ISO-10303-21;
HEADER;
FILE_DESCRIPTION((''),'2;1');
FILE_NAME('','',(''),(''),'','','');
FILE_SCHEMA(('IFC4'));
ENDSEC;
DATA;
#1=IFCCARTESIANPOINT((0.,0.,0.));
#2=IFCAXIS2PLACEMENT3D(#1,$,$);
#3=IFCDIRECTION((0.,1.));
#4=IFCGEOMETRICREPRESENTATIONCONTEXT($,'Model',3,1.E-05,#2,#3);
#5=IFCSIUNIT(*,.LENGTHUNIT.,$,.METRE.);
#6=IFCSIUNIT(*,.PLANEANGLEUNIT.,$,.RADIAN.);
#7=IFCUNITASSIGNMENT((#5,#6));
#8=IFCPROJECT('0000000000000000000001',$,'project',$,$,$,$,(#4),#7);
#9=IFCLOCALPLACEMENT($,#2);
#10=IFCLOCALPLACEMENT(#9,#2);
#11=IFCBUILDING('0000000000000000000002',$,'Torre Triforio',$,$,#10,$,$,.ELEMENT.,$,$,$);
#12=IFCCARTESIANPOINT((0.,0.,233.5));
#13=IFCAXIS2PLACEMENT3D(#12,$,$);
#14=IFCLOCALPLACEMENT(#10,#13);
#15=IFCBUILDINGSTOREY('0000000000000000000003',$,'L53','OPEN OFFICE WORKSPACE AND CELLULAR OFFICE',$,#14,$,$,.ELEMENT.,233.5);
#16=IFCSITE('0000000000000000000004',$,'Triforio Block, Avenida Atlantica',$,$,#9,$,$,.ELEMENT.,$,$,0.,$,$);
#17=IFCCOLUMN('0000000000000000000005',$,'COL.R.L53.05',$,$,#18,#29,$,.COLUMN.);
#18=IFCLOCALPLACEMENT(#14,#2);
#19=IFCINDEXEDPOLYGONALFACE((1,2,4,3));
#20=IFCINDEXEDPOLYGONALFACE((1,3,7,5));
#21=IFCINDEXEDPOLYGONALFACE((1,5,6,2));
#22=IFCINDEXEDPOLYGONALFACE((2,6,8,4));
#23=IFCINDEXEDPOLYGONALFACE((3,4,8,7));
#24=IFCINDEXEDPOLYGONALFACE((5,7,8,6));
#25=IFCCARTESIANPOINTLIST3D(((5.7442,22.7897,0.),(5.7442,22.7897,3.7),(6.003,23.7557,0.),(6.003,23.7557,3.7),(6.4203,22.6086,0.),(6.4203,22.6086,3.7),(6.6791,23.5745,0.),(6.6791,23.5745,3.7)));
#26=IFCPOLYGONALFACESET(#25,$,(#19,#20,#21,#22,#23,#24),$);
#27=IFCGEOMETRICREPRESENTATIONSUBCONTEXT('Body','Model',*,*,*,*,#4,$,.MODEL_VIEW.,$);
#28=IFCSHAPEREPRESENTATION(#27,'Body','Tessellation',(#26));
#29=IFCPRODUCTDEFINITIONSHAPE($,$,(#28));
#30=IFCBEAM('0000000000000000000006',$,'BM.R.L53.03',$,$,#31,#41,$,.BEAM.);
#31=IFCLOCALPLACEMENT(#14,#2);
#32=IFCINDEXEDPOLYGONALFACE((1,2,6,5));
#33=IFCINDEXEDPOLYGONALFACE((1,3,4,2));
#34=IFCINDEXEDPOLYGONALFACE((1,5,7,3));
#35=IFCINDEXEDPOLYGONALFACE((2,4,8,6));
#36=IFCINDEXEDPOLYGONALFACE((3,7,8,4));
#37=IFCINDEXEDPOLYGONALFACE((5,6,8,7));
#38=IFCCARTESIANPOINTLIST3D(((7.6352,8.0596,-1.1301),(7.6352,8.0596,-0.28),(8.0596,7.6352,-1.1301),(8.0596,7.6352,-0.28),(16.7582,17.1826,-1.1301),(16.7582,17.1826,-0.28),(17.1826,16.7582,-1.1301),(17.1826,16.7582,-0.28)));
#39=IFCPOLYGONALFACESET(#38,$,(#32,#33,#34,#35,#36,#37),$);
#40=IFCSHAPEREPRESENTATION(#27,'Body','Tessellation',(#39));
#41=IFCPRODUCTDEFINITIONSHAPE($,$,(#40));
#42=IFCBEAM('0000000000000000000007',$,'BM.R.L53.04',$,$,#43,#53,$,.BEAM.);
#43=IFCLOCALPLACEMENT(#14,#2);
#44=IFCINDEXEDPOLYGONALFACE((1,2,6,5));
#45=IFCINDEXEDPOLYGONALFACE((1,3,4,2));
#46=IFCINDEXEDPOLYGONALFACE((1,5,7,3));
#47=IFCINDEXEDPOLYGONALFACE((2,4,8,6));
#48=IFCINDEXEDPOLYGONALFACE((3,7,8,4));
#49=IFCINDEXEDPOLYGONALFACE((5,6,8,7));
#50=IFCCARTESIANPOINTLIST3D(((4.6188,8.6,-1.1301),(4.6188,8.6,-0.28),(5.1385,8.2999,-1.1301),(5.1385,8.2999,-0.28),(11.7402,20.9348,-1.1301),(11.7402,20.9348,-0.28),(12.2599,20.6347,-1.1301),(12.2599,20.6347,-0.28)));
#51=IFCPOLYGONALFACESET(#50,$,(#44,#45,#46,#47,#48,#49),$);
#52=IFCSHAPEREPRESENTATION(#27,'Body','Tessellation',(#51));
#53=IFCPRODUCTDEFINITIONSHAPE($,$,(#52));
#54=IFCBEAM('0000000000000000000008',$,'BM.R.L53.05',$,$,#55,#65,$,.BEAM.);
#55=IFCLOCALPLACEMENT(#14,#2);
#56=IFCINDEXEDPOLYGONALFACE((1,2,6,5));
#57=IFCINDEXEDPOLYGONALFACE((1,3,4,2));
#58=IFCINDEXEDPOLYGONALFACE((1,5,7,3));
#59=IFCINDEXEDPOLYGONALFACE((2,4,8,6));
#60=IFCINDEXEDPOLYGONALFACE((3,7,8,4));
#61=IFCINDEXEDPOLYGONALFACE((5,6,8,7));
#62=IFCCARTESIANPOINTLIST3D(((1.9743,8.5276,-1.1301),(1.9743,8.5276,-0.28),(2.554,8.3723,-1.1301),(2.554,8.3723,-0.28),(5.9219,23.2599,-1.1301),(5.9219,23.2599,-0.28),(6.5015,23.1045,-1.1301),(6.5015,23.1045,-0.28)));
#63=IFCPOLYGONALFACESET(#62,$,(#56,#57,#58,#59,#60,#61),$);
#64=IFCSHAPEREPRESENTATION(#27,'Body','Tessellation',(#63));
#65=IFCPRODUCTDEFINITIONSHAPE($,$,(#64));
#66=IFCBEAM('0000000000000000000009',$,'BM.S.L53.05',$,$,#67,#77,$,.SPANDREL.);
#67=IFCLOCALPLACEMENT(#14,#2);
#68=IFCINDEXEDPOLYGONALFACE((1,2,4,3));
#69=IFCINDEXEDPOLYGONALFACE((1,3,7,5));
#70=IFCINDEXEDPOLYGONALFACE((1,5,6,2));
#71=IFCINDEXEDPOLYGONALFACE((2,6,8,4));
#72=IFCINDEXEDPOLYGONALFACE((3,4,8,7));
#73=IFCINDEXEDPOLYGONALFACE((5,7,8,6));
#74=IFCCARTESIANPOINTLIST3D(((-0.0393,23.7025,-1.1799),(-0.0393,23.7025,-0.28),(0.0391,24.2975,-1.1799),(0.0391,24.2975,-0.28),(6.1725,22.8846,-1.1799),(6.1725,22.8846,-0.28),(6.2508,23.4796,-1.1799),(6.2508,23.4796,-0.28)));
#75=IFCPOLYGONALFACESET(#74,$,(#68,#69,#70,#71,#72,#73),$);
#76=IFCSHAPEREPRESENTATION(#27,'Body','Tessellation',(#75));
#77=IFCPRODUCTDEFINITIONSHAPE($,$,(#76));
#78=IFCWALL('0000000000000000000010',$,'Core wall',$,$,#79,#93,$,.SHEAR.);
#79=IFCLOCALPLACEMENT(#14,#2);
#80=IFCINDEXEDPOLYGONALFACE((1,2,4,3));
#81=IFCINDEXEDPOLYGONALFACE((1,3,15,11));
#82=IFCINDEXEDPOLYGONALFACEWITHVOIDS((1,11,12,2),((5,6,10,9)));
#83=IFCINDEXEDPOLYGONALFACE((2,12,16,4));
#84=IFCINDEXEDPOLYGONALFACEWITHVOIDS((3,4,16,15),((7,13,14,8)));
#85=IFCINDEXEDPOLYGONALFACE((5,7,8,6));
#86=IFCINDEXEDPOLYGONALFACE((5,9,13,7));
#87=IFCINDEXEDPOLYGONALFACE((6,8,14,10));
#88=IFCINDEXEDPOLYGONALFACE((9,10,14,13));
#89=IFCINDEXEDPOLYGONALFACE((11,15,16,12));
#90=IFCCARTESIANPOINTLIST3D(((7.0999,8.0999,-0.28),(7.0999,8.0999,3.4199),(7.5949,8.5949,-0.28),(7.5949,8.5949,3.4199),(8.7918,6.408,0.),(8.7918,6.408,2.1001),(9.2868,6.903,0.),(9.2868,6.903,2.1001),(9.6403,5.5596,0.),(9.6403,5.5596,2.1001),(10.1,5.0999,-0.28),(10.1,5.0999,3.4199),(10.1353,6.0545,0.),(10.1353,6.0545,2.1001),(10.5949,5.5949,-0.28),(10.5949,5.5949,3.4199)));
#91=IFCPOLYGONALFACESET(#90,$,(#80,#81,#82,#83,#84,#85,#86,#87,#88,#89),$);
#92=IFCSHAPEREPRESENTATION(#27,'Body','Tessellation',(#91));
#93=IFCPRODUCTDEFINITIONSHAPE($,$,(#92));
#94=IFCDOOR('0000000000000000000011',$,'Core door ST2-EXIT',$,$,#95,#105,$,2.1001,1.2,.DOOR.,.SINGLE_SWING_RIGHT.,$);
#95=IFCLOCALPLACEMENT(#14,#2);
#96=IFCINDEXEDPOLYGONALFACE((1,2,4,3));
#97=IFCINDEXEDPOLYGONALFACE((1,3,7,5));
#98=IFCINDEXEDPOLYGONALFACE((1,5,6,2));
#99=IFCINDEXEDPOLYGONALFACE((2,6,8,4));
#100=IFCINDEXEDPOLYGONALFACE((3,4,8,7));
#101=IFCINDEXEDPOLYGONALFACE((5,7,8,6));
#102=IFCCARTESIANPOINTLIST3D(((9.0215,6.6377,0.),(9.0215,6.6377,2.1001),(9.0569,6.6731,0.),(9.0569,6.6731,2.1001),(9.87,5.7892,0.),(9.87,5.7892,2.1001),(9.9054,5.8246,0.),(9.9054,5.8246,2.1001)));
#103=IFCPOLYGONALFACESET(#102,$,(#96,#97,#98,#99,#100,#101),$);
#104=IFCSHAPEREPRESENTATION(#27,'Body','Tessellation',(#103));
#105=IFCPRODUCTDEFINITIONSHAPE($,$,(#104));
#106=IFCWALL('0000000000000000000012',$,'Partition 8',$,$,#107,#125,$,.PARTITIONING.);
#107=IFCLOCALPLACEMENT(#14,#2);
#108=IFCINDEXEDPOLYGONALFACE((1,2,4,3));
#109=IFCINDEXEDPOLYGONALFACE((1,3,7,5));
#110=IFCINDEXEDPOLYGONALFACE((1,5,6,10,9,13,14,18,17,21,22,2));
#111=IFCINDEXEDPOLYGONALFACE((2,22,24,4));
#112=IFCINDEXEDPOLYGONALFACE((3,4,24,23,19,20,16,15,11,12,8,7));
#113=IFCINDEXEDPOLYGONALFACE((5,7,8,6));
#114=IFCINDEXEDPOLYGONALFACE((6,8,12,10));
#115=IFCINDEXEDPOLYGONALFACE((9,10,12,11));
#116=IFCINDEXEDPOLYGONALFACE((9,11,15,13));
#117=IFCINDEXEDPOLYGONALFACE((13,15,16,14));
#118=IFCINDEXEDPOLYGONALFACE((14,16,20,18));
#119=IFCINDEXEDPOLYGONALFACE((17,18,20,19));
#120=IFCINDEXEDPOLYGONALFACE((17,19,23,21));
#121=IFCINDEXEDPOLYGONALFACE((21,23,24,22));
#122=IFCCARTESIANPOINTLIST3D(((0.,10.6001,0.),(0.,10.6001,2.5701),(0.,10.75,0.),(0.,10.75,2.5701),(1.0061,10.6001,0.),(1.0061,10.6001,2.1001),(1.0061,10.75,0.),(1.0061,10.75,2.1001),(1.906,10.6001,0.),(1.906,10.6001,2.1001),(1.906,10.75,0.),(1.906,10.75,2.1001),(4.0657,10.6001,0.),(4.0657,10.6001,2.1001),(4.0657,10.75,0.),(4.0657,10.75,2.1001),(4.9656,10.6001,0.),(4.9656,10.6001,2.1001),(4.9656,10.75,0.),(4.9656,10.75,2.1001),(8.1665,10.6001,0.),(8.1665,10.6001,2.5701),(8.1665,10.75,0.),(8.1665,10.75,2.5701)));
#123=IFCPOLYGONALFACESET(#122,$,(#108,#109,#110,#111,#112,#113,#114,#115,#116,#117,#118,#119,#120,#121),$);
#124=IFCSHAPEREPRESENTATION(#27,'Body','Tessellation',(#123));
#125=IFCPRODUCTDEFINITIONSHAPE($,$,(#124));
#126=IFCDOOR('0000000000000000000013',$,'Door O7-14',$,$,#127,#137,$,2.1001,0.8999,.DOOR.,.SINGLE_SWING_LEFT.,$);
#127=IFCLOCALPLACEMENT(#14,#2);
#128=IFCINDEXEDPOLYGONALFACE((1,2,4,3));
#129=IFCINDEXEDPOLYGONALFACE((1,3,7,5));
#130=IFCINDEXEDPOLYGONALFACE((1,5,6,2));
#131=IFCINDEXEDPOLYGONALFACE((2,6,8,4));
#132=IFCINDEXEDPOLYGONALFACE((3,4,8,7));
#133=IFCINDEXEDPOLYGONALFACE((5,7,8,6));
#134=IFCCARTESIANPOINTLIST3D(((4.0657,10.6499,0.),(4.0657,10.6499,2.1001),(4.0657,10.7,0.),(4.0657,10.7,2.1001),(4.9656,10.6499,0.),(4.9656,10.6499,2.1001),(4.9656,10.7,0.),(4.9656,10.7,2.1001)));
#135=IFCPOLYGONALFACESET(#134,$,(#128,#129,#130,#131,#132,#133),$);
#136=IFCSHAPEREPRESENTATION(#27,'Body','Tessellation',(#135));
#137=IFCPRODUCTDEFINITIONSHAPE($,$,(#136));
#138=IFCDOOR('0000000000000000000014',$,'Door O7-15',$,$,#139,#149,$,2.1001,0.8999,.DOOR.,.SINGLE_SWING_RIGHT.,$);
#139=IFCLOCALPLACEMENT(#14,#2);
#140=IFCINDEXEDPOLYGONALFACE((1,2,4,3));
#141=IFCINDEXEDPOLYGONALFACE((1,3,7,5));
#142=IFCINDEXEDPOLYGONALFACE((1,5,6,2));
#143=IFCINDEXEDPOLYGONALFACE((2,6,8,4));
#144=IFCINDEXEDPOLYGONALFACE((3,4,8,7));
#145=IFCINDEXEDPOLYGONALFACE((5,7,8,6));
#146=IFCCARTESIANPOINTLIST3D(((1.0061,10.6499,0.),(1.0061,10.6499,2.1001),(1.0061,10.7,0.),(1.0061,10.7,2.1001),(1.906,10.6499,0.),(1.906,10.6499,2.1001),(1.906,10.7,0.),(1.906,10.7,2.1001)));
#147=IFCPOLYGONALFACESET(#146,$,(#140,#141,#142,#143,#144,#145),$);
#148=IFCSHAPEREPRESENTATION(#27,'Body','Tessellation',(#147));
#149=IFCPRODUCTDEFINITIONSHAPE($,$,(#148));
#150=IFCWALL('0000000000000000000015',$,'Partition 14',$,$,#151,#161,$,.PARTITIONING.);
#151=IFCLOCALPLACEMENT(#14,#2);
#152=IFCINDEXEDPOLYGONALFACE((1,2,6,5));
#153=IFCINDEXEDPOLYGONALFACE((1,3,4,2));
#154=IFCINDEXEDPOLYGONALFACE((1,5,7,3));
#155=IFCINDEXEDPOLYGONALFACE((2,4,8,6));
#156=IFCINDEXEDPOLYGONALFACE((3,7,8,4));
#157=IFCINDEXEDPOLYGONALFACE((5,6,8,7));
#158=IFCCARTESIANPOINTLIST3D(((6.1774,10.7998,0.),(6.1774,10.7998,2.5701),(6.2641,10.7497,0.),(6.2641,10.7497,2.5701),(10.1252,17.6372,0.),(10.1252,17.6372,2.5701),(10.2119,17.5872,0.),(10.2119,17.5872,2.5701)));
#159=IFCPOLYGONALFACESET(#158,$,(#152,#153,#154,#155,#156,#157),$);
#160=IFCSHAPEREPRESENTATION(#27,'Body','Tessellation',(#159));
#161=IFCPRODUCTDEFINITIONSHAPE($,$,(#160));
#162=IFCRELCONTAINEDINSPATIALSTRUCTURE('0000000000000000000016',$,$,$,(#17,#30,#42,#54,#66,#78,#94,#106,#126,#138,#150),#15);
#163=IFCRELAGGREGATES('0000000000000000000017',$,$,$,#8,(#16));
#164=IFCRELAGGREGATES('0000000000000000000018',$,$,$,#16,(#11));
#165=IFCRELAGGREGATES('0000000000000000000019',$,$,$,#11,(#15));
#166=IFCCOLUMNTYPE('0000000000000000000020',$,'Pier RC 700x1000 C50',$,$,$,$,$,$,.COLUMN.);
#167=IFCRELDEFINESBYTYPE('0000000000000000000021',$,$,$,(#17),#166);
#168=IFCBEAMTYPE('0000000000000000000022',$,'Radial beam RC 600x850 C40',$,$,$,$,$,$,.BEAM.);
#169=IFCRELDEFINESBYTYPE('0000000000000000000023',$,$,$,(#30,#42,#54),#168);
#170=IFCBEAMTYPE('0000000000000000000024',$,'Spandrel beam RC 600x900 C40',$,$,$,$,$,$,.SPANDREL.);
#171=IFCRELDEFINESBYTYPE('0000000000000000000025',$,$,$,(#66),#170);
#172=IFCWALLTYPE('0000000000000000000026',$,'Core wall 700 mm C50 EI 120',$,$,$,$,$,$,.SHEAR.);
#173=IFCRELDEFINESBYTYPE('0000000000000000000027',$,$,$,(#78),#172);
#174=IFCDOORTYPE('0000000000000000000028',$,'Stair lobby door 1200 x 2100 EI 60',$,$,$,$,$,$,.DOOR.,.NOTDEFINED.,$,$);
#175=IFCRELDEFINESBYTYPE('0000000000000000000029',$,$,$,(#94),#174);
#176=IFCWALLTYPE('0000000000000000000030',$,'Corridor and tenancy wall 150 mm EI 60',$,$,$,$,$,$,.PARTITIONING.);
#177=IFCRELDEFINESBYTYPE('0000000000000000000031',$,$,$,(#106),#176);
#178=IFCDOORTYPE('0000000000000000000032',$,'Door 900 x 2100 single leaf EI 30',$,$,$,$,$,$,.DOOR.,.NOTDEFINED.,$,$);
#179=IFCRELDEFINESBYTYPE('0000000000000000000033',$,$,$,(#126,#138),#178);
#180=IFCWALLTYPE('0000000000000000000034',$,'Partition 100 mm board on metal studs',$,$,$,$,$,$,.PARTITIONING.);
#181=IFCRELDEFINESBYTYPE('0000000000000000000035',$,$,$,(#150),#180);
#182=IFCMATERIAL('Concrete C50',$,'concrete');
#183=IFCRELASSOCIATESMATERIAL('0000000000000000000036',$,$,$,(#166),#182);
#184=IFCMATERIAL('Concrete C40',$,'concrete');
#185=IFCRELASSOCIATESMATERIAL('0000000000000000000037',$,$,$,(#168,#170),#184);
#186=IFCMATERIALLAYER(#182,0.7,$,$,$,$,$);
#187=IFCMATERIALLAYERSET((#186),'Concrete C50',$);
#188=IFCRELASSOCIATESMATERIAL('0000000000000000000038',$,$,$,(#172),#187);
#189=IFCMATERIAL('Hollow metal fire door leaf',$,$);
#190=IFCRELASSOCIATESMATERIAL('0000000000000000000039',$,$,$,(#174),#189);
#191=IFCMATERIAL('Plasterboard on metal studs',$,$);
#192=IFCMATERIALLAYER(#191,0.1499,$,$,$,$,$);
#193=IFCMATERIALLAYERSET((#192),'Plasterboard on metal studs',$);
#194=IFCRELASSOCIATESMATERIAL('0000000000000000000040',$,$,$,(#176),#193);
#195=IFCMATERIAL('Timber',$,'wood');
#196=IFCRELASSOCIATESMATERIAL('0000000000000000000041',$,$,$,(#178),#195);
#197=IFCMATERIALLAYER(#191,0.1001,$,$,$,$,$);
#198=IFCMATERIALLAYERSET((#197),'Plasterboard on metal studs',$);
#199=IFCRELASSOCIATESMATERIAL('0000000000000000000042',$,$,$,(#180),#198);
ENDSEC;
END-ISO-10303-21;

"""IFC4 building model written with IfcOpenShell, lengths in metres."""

from ifc_helpers import new_model, si_unit, direction, frame, frame_2d, origin, origin_2d, place, context, subcontext, project, spatial, rectangle, extrude, material, layer, layer_set, material_profile, profile_set, type_object, element, fill, save


model = new_model("IFC4")

# Units and contexts
model_context = context("Model", 3, precision=1e-05, world=origin(), true_north=direction((0.0, 1.0)))
body_context = subcontext(model_context, "Body", "Model", "MODEL_VIEW")
ifc_project = project(units=[si_unit("LENGTHUNIT", "METRE"), si_unit("PLANEANGLEUNIT", "RADIAN")], contexts=[model_context])

# Site, building, storey
site_placement = place(None, origin())
site = spatial("IfcSite", under=ifc_project, at=site_placement, Name="Triforio Block, Avenida Atlantica", CompositionType="ELEMENT", RefElevation=0.0)
building_placement = place(site_placement, origin())
building = spatial("IfcBuilding", under=site, at=building_placement, Name="Torre Triforio", CompositionType="ELEMENT")
storey_placement = place(building_placement, frame((0.0, 0.0, 233.5)))
storey = spatial("IfcBuildingStorey", under=building, at=storey_placement, Name="L53", Description="OPEN OFFICE WORKSPACE AND CELLULAR OFFICE", CompositionType="ELEMENT", Elevation=233.5)

# Column
ifc_material_1 = material(Name="Concrete C50", Category="concrete")
ifc_material_profile_1 = material_profile(ifc_material_1, rectangle(XDim=0.7, YDim=1.0, at=origin_2d()), Name="RC 700x1000")
ifc_profile_set_1 = profile_set([ifc_material_profile_1], Name="Concrete C50")
column_type = type_object("IfcColumnType", Name="Pier RC 700x1000 C50", PredefinedType="COLUMN", material=ifc_profile_set_1)
column_placement = place(storey_placement, frame((6.2117, 23.1821, 0.0), z_axis=(0.0, 0.0, 1.0), x_axis=(-0.965926, 0.258819, 0.0)))
element("IfcColumn", 1, at=column_placement, inside=storey, type_object=column_type, Name="COL.R.L53.05", PredefinedType="COLUMN", context=body_context, shape_type="SweptSolid", body=[
    extrude(rectangle(XDim=0.7, YDim=1.0, at=origin_2d()), origin(), (0.0, 0.0, 1.0), 3.7),
])

# Beams
ifc_material_2 = material(Name="Concrete C40", Category="concrete")
ifc_material_profile_2 = material_profile(ifc_material_2, rectangle(XDim=0.6001, YDim=0.8501, at=origin_2d()), Name="RC 600x850")
ifc_profile_set_2 = profile_set([ifc_material_profile_2], Name="Concrete C40")
beam_type_1 = type_object("IfcBeamType", Name="Radial beam RC 600x850 C40", PredefinedType="BEAM", material=ifc_profile_set_2)
beam_1_placement = place(storey_placement, frame((7.8474, 7.8474, -0.7051), z_axis=(0.707107, 0.707107, 0.0), x_axis=(-0.707107, 0.707107, 0.0)))
element("IfcBeam", 2, at=beam_1_placement, inside=storey, type_object=beam_type_1, Name="BM.R.L53.03", PredefinedType="BEAM", context=body_context, shape_type="SweptSolid", body=[
    extrude(rectangle(XDim=0.6001, YDim=0.8501, at=origin_2d()), origin(), (0.0, 0.0, 1.0), 12.9019),
])
beam_2_placement = place(storey_placement, frame((4.8787, 8.45, -0.7051), z_axis=(0.499994, 0.866029, 0.0), x_axis=(-0.866029, 0.499994, 0.0)))
element("IfcBeam", 3, at=beam_2_placement, inside=storey, type_object=beam_type_1, Name="BM.R.L53.04", PredefinedType="BEAM", context=body_context, shape_type="SweptSolid", body=[
    extrude(rectangle(XDim=0.6001, YDim=0.8501, at=origin_2d()), origin(), (0.0, 0.0, 1.0), 14.2429),
])
beam_3_placement = place(storey_placement, frame((2.2642, 8.45, -0.7051), z_axis=(0.258821, 0.965925, 0.0), x_axis=(-0.965925, 0.258821, 0.0)))
element("IfcBeam", 4, at=beam_3_placement, inside=storey, type_object=beam_type_1, Name="BM.R.L53.05", PredefinedType="BEAM", context=body_context, shape_type="SweptSolid", body=[
    extrude(rectangle(XDim=0.6001, YDim=0.8501, at=origin_2d()), origin(), (0.0, 0.0, 1.0), 15.252),
])
ifc_material_profile_3 = material_profile(ifc_material_2, rectangle(XDim=0.6001, YDim=0.8999, at=origin_2d()), Name="RC 600x900")
ifc_profile_set_3 = profile_set([ifc_material_profile_3], Name="Concrete C40")
beam_type_2 = type_object("IfcBeamType", Name="Spandrel beam RC 600x900 C40", PredefinedType="SPANDREL", material=ifc_profile_set_3)
beam_4_placement = place(storey_placement, frame((6.2117, 23.1821, -0.73), z_axis=(-0.991443, 0.13054, 0.0), x_axis=(-0.13054, -0.991443, 0.0)))
element("IfcBeam", 5, at=beam_4_placement, inside=storey, type_object=beam_type_2, Name="BM.S.L53.05", PredefinedType="SPANDREL", context=body_context, shape_type="SweptSolid", body=[
    extrude(rectangle(XDim=0.6001, YDim=0.8999, at=origin_2d()), origin(), (0.0, 0.0, 1.0), 6.2654),
])

# Wall, opening, door
ifc_layer_1 = layer(ifc_material_1, 0.7)
ifc_layer_set_1 = layer_set([ifc_layer_1], Name="Concrete C50")
wall_type_1 = type_object("IfcWallType", Name="Core wall 700 mm C50 EI 120", PredefinedType="SHEAR", material=ifc_layer_set_1)
wall_1_placement = place(storey_placement, frame((7.3474, 8.3474, -0.28), z_axis=(0.0, 0.0, 1.0), x_axis=(0.707107, -0.707107, 0.0)))
wall_1 = element("IfcWall", 6, at=wall_1_placement, inside=storey, type_object=wall_type_1, Name="Core wall", PredefinedType="SHEAR", context=body_context, shape_type="SweptSolid", body=[
    extrude(rectangle(XDim=4.2427, YDim=0.7, at=frame_2d((2.1213, 0.0))), origin(), (0.0, 0.0, 1.0), 3.7),
])
opening_1_placement = place(wall_1_placement, frame((2.3926, 0.0, 0.28)))
opening_1 = element("IfcOpeningElement", 7, at=opening_1_placement, cuts=wall_1, PredefinedType="OPENING", context=body_context, shape_type="SweptSolid", body=[
    extrude(rectangle(XDim=1.2, YDim=2.1001, at=frame_2d((0.6001, 1.05))), frame((0.0, 0.3599, 0.0), z_axis=(0.0, -1.0, 0.0), x_axis=(1.0, 0.0, 0.0)), (0.0, 0.0, 1.0), 0.72),
])
ifc_material_3 = material(Name="Hollow metal fire door leaf")
door_type_1 = type_object("IfcDoorType", Name="Stair lobby door 1200 x 2100 EI 60", OperationType="NOTDEFINED", PredefinedType="DOOR", material=ifc_material_3)
door_1_placement = place(opening_1_placement, origin())
door_1 = element("IfcDoor", 8, at=door_1_placement, inside=storey, type_object=door_type_1, Name="Core door ST2-EXIT", OperationType="SINGLE_SWING_RIGHT", OverallHeight=2.1001, OverallWidth=1.2, PredefinedType="DOOR", context=body_context, shape_type="SweptSolid", body=[
    extrude(rectangle(XDim=1.2, YDim=2.1001, at=frame_2d((0.6001, 1.05))), frame((0.0, 0.0249, 0.0), z_axis=(0.0, -1.0, 0.0), x_axis=(1.0, 0.0, 0.0)), (0.0, 0.0, 1.0), 0.05),
])
fill(opening_1, door_1)

# Wall, openings, doors
ifc_material_4 = material(Name="Plasterboard on metal studs")
ifc_layer_2 = layer(ifc_material_4, 0.1499)
ifc_layer_set_2 = layer_set([ifc_layer_2], Name="Plasterboard on metal studs")
wall_type_2 = type_object("IfcWallType", Name="Corridor and tenancy wall 150 mm EI 60", PredefinedType="PARTITIONING", material=ifc_layer_set_2)
wall_2_placement = place(storey_placement, frame((0.0, 10.675, 0.0), z_axis=(0.0, 0.0, 1.0), x_axis=(1.0, 0.0, 0.0)))
wall_2 = element("IfcWall", 9, at=wall_2_placement, inside=storey, type_object=wall_type_2, Name="Partition 8", PredefinedType="PARTITIONING", context=body_context, shape_type="SweptSolid", body=[
    extrude(rectangle(XDim=8.1665, YDim=0.1499, at=frame_2d((4.0833, 0.0))), origin(), (0.0, 0.0, 1.0), 2.5701),
])
opening_2_placement = place(wall_2_placement, frame((4.0657, 0.0, 0.0)))
opening_2 = element("IfcOpeningElement", 10, at=opening_2_placement, cuts=wall_2, PredefinedType="OPENING", context=body_context, shape_type="SweptSolid", body=[
    extrude(rectangle(XDim=0.8999, YDim=2.1001, at=frame_2d((0.45, 1.05))), frame((0.0, 0.085, 0.0), z_axis=(0.0, -1.0, 0.0), x_axis=(1.0, 0.0, 0.0)), (0.0, 0.0, 1.0), 0.1699),
])
opening_3_placement = place(wall_2_placement, frame((1.0061, 0.0, 0.0)))
opening_3 = element("IfcOpeningElement", 11, at=opening_3_placement, cuts=wall_2, PredefinedType="OPENING", context=body_context, shape_type="SweptSolid", body=[
    extrude(rectangle(XDim=0.8999, YDim=2.1001, at=frame_2d((0.45, 1.05))), frame((0.0, 0.085, 0.0), z_axis=(0.0, -1.0, 0.0), x_axis=(1.0, 0.0, 0.0)), (0.0, 0.0, 1.0), 0.1699),
])
ifc_material_5 = material(Name="Timber", Category="wood")
door_type_2 = type_object("IfcDoorType", Name="Door 900 x 2100 single leaf EI 30", OperationType="NOTDEFINED", PredefinedType="DOOR", material=ifc_material_5)
door_2_placement = place(opening_2_placement, origin())
door_2 = element("IfcDoor", 12, at=door_2_placement, inside=storey, type_object=door_type_2, Name="Door O7-14", OperationType="SINGLE_SWING_LEFT", OverallHeight=2.1001, OverallWidth=0.8999, PredefinedType="DOOR", context=body_context, shape_type="SweptSolid", body=[
    extrude(rectangle(XDim=0.8999, YDim=2.1001, at=frame_2d((0.45, 1.05))), frame((0.0, 0.0249, 0.0), z_axis=(0.0, -1.0, 0.0), x_axis=(1.0, 0.0, 0.0)), (0.0, 0.0, 1.0), 0.05),
])
fill(opening_2, door_2)
door_3_placement = place(opening_3_placement, origin())
door_3 = element("IfcDoor", 13, at=door_3_placement, inside=storey, type_object=door_type_2, Name="Door O7-15", OperationType="SINGLE_SWING_RIGHT", OverallHeight=2.1001, OverallWidth=0.8999, PredefinedType="DOOR", context=body_context, shape_type="SweptSolid", body=[
    extrude(rectangle(XDim=0.8999, YDim=2.1001, at=frame_2d((0.45, 1.05))), frame((0.0, 0.0249, 0.0), z_axis=(0.0, -1.0, 0.0), x_axis=(1.0, 0.0, 0.0)), (0.0, 0.0, 1.0), 0.05),
])
fill(opening_3, door_3)

# Wall
ifc_layer_3 = layer(ifc_material_4, 0.1001)
ifc_layer_set_3 = layer_set([ifc_layer_3], Name="Plasterboard on metal studs")
wall_type_3 = type_object("IfcWallType", Name="Partition 100 mm board on metal studs", PredefinedType="PARTITIONING", material=ifc_layer_set_3)
wall_3_placement = place(storey_placement, frame((6.2207, 10.7747, 0.0), z_axis=(0.0, 0.0, 1.0), x_axis=(0.500017, 0.866016, 0.0)))
element("IfcWall", 14, at=wall_3_placement, inside=storey, type_object=wall_type_3, Name="Partition 14", PredefinedType="PARTITIONING", context=body_context, shape_type="SweptSolid", body=[
    extrude(rectangle(XDim=7.8953, YDim=0.1001, at=frame_2d((3.9478, 0.0))), origin(), (0.0, 0.0, 1.0), 2.5701),
])

save(model, "model.ifc")
